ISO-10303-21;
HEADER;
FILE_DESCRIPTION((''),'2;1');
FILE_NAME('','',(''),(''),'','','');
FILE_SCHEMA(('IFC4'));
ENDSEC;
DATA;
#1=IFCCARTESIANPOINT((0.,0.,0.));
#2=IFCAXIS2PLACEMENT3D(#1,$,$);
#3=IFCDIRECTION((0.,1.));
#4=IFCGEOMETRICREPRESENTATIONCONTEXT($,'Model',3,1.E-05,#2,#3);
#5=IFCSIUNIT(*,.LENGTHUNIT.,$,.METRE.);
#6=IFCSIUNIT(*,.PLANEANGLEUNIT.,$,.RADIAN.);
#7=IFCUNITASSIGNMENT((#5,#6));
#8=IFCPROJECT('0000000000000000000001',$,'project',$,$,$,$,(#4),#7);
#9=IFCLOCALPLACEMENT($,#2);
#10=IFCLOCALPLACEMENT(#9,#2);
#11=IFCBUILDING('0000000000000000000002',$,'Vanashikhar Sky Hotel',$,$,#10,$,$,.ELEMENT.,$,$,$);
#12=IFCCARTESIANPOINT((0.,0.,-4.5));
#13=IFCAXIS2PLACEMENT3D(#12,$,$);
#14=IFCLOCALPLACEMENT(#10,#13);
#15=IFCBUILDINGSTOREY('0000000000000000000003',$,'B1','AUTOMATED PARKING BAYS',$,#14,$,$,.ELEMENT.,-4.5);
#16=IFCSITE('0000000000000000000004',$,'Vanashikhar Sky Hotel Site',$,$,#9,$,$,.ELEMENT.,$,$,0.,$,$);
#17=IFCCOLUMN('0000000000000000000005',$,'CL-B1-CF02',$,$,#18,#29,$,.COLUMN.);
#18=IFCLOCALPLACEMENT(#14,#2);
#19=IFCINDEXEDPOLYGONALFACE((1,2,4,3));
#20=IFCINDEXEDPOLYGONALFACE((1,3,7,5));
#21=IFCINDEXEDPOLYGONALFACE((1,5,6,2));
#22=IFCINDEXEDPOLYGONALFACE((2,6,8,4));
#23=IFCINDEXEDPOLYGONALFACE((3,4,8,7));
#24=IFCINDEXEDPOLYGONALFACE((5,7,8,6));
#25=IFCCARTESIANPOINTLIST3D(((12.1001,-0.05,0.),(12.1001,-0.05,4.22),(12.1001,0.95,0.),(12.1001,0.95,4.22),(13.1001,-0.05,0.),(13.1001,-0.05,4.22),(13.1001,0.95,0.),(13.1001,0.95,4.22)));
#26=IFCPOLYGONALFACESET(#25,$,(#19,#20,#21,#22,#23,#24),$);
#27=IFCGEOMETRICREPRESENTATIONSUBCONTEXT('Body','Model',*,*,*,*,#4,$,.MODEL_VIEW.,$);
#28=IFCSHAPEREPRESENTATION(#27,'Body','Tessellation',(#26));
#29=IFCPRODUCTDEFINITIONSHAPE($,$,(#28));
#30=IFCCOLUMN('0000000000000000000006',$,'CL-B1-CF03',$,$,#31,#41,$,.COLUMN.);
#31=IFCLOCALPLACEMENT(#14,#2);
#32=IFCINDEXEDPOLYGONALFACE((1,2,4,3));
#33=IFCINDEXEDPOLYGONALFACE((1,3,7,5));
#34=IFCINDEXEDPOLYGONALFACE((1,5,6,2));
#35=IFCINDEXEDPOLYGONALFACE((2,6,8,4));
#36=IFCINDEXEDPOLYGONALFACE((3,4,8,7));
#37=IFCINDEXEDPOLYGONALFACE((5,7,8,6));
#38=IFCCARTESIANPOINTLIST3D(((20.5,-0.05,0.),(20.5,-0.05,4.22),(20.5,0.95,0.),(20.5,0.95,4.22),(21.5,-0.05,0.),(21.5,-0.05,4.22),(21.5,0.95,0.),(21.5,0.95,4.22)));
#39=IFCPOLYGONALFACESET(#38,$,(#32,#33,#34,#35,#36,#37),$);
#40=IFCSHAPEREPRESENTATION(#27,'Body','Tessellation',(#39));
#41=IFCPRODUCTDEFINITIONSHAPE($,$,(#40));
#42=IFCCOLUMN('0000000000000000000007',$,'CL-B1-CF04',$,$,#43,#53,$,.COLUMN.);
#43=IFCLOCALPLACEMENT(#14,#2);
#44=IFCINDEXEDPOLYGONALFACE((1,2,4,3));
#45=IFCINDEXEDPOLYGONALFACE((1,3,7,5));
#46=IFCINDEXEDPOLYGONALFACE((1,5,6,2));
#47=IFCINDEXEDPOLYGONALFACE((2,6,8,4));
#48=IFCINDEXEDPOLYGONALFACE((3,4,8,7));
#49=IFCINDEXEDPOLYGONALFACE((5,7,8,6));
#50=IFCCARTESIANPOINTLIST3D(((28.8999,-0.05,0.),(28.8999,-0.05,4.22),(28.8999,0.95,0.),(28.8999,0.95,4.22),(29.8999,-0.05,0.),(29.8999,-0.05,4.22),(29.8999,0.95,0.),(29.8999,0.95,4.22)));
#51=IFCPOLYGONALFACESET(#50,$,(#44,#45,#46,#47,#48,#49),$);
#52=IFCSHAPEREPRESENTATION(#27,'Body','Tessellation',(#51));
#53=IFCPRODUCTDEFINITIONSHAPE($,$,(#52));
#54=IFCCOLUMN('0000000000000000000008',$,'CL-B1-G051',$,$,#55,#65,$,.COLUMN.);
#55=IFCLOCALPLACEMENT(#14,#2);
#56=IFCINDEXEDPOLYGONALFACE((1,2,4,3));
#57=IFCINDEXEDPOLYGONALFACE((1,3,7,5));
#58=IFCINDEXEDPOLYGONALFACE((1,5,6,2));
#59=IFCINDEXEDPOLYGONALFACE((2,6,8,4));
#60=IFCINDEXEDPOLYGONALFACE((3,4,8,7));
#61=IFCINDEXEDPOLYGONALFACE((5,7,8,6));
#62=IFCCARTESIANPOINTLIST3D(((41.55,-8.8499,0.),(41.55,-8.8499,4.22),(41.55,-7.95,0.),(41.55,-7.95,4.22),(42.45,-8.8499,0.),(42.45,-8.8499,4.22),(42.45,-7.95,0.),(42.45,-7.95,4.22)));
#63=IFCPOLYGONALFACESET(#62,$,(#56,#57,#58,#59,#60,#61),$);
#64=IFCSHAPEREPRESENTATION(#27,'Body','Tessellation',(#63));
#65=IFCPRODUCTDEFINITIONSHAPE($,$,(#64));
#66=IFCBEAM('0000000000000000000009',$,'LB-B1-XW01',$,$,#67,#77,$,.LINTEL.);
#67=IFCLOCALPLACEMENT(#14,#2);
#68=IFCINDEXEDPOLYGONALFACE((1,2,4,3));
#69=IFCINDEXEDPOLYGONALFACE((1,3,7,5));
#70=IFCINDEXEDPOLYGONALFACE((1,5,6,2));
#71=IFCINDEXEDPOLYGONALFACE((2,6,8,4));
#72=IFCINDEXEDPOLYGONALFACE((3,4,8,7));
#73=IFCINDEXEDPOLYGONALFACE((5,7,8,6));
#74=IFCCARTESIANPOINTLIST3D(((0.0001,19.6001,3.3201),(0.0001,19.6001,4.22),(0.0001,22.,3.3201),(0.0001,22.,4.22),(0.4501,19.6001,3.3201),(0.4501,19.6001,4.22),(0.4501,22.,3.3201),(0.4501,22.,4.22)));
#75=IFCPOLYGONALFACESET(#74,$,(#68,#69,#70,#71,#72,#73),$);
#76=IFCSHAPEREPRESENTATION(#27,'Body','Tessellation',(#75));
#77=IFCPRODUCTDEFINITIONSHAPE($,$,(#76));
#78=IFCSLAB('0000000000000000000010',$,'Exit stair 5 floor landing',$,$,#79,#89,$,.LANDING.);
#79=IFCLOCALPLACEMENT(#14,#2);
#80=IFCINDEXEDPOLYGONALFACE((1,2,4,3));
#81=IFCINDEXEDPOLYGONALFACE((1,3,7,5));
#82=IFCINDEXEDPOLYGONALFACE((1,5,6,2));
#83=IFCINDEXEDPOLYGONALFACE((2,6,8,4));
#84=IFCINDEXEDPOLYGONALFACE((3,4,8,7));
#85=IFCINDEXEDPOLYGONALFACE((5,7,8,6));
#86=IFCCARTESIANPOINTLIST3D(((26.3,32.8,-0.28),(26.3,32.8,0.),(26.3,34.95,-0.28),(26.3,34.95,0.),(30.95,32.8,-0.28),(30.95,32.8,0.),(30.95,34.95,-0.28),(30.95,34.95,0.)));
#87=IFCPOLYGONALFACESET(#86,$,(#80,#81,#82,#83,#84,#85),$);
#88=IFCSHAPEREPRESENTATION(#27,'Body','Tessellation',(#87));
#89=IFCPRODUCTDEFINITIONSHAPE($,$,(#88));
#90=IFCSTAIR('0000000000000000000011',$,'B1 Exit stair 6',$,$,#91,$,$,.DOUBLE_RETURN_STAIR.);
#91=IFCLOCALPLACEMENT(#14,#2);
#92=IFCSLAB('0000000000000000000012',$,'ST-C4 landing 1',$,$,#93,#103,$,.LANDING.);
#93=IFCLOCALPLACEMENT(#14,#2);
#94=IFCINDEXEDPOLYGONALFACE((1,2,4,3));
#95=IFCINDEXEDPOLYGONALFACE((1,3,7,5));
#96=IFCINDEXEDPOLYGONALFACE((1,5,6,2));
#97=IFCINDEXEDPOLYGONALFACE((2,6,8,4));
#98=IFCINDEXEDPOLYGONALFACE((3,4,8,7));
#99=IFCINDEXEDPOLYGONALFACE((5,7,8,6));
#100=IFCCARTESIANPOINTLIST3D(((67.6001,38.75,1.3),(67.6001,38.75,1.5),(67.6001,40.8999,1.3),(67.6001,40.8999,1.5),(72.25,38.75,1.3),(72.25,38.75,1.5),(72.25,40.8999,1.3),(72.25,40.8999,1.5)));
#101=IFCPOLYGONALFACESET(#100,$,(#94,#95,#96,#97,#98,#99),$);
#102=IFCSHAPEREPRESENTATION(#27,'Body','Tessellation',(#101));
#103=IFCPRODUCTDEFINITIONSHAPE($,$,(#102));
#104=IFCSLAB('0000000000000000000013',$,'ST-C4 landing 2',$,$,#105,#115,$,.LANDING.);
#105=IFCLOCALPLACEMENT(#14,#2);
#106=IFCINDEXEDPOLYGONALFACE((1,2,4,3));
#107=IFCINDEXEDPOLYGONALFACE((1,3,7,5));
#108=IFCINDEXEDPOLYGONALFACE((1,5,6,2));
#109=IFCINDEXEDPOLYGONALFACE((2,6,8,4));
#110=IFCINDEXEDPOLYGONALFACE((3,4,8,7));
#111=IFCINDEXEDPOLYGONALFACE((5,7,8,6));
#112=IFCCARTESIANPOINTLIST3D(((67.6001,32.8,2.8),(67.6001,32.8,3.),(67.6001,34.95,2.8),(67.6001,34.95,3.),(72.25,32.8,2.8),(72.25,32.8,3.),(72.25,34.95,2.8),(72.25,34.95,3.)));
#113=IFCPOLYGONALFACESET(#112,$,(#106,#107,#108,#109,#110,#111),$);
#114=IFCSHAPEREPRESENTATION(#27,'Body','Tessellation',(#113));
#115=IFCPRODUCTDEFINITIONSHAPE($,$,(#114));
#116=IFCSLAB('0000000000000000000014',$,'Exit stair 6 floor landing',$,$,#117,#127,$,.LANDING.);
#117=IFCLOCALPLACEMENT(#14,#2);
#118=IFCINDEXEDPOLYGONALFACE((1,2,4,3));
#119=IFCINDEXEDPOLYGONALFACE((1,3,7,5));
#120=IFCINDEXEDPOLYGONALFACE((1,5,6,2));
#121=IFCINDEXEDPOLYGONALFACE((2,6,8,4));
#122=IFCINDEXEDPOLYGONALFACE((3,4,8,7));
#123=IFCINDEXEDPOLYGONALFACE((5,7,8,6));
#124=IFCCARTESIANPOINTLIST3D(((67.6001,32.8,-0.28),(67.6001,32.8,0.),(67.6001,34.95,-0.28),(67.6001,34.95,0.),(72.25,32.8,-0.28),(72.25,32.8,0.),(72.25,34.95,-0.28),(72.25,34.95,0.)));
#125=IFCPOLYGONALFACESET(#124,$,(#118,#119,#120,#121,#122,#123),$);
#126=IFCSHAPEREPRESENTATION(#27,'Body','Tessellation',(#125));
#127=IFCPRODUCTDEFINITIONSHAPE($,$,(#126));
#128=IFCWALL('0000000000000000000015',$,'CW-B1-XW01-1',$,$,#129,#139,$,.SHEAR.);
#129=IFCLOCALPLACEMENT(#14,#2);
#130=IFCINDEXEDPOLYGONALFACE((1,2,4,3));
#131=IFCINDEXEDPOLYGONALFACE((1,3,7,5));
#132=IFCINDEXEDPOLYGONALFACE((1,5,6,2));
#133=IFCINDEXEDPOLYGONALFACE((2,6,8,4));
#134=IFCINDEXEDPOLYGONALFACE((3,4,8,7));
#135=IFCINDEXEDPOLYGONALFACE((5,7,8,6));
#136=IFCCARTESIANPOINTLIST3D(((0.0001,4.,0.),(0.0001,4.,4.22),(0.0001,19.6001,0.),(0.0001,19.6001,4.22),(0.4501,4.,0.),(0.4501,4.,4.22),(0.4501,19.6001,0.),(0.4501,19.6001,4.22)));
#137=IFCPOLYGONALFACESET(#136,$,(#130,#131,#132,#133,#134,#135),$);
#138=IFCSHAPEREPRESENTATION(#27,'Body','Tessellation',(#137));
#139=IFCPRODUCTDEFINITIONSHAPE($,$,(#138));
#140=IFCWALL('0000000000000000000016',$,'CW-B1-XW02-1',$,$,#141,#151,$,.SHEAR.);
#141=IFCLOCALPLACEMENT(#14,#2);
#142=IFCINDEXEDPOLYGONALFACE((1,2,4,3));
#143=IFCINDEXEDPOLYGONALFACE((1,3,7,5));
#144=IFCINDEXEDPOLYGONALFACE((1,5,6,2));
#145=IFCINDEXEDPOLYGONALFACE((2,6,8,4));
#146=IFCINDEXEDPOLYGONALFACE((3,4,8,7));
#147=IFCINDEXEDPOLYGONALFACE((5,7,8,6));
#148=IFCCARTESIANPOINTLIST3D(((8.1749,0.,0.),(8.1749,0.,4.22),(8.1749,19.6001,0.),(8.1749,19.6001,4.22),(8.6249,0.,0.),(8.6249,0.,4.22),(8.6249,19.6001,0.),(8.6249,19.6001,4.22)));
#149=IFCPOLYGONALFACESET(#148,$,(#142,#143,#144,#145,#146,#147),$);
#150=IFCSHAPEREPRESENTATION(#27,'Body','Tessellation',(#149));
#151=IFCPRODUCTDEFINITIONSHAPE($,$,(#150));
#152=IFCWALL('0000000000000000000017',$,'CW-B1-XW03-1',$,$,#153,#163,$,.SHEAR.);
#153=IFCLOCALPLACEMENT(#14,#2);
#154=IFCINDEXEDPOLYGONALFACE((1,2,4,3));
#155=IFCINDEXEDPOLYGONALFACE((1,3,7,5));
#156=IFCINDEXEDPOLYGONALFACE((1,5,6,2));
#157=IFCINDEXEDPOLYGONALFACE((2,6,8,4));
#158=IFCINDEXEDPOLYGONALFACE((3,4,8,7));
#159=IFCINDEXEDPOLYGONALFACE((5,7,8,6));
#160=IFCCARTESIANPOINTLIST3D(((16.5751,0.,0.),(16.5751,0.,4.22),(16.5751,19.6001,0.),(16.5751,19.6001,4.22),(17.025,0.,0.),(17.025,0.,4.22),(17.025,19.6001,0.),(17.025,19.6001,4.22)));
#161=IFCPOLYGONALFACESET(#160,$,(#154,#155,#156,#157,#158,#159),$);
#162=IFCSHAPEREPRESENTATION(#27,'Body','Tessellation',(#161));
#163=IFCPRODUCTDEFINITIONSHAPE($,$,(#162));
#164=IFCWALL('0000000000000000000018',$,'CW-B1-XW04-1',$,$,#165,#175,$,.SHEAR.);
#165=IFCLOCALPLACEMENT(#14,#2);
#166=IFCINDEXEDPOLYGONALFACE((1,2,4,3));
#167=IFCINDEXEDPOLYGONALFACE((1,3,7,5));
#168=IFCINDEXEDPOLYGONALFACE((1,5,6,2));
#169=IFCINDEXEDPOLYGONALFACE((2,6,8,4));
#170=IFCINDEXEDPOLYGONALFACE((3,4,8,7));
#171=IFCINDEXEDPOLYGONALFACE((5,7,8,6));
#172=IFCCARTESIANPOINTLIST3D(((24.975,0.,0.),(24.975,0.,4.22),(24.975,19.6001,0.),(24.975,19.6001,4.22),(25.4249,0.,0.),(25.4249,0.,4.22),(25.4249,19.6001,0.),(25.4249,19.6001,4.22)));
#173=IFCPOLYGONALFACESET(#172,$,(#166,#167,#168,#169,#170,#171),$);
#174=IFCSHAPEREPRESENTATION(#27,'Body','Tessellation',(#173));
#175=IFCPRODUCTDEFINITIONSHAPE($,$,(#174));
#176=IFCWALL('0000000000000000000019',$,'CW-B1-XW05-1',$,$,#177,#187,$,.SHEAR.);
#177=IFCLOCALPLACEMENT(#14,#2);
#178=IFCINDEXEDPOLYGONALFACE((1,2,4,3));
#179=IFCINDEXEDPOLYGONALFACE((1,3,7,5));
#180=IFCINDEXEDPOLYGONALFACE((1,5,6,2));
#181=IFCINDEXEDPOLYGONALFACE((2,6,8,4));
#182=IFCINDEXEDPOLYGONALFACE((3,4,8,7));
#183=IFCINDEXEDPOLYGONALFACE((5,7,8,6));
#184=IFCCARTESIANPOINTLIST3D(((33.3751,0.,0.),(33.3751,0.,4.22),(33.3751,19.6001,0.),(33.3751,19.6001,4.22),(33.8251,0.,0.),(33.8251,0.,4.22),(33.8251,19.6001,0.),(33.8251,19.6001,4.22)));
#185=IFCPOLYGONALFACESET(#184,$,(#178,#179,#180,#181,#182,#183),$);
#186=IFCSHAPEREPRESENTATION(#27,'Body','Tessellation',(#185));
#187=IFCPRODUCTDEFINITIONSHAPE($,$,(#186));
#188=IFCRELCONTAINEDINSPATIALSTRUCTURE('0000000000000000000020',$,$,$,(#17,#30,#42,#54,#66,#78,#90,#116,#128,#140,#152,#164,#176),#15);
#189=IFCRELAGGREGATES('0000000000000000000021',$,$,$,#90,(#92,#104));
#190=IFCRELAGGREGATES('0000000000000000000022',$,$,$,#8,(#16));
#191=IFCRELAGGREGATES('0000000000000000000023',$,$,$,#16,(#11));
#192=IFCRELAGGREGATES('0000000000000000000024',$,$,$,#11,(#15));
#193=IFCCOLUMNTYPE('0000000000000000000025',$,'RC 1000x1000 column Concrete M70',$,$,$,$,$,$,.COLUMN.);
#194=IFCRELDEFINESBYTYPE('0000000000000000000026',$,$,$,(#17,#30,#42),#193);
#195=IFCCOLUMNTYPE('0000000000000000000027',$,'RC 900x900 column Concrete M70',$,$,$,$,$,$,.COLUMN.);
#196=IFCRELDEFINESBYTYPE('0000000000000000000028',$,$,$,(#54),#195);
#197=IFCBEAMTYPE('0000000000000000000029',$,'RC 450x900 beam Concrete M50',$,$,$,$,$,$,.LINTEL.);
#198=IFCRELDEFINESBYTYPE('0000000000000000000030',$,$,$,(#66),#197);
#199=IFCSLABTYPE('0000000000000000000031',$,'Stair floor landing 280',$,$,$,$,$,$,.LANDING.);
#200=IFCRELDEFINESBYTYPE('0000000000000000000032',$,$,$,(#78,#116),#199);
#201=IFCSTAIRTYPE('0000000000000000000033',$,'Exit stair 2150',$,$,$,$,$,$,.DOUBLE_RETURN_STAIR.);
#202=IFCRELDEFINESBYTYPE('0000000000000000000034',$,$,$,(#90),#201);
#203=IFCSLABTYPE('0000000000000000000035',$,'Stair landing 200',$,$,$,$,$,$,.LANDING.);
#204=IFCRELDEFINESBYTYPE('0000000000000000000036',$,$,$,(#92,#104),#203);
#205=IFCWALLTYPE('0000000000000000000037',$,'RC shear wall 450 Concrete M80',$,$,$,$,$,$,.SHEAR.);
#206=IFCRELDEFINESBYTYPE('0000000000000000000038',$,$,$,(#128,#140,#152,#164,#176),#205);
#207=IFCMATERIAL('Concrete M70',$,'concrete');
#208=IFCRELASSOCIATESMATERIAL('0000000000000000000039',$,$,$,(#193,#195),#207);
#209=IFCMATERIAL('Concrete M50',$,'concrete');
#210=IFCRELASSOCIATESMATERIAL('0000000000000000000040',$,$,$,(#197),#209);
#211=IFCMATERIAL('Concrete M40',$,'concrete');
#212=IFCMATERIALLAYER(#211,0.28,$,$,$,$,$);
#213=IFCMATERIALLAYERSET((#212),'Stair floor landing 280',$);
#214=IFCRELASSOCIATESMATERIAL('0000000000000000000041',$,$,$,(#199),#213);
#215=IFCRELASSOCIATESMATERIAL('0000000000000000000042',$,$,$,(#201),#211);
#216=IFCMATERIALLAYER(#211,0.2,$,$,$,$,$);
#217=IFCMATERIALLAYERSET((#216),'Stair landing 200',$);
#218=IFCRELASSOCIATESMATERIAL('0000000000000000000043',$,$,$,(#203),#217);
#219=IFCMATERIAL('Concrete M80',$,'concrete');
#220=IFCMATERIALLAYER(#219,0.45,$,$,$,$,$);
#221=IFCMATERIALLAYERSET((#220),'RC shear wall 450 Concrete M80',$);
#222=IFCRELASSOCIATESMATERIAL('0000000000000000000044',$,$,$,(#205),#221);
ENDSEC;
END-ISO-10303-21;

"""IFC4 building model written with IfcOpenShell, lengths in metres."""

from ifc_helpers import new_model, si_unit, direction, frame, frame_2d, origin, origin_2d, place, context, subcontext, project, spatial, polyline, rectangle, outline, extrude, source, transform, mapped, material, layer, layer_set, material_profile, profile_set, type_object, element, aggregate, save


model = new_model("IFC4")

# Units and contexts
model_context = context("Model", 3, precision=1e-05, world=origin(), true_north=direction((0.0, 1.0)))
body_context = subcontext(model_context, "Body", "Model", "MODEL_VIEW")
ifc_project = project(units=[si_unit("LENGTHUNIT", "METRE"), si_unit("PLANEANGLEUNIT", "RADIAN")], contexts=[model_context])

# Site, building, storey
site_placement = place(None, origin())
site = spatial("IfcSite", under=ifc_project, at=site_placement, Name="Vanashikhar Sky Hotel Site", CompositionType="ELEMENT", RefElevation=0.0)
building_placement = place(site_placement, origin())
building = spatial("IfcBuilding", under=site, at=building_placement, Name="Vanashikhar Sky Hotel", CompositionType="ELEMENT")
storey_placement = place(building_placement, frame((0.0, 0.0, -4.5)))
storey = spatial("IfcBuildingStorey", under=building, at=storey_placement, Name="B1", Description="AUTOMATED PARKING BAYS", CompositionType="ELEMENT", Elevation=-4.5)

# Columns
ifc_material_1 = material(Name="Concrete M70", Category="concrete")
ifc_material_profile_1 = material_profile(ifc_material_1, rectangle(XDim=1.0, YDim=1.0, at=origin_2d()))
ifc_profile_set_1 = profile_set([ifc_material_profile_1], Name="RC 1000x1000 column Concrete M70")
column_type_1 = type_object("IfcColumnType", Name="RC 1000x1000 column Concrete M70", PredefinedType="COLUMN", material=ifc_profile_set_1)
shared_shape_1 = source(origin(), body_context, "Body", "SweptSolid", [
    extrude(rectangle(XDim=1.0, YDim=1.0, at=origin_2d()), origin(), (0.0, 0.0, 1.0), 4.22),
])
for number, where, z_axis, x_axis, name in (
    (1, (12.6001, 0.45, 0.0), (0.0, 0.0, 1.0), (1.0, 0.0, 0.0), "CL-B1-CF02"),
    (2, (21.0, 0.45, 0.0), (0.0, 0.0, 1.0), (1.0, 0.0, 0.0), "CL-B1-CF03"),
    (3, (29.3999, 0.45, 0.0), (0.0, 0.0, 1.0), (1.0, 0.0, 0.0), "CL-B1-CF04"),
):
    element("IfcColumn", number, at=place(storey_placement, frame(where, z_axis=z_axis, x_axis=x_axis)), inside=storey, type_object=column_type_1, Name=name, PredefinedType="COLUMN", context=body_context, shape_type="MappedRepresentation", body=[
        mapped(shared_shape_1, transform((0.0, 0.0, 0.0), scale=1.0)),
    ])
ifc_material_profile_2 = material_profile(ifc_material_1, rectangle(XDim=0.8999, YDim=0.8999, at=origin_2d()))
ifc_profile_set_2 = profile_set([ifc_material_profile_2], Name="RC 900x900 column Concrete M70")
column_type_2 = type_object("IfcColumnType", Name="RC 900x900 column Concrete M70", PredefinedType="COLUMN", material=ifc_profile_set_2)
shared_shape_2 = source(origin(), body_context, "Body", "SweptSolid", [
    extrude(rectangle(XDim=0.8999, YDim=0.8999, at=origin_2d()), origin(), (0.0, 0.0, 1.0), 4.22),
])
column_placement = place(storey_placement, frame((42.0, -8.3999, 0.0), z_axis=(0.0, 0.0, 1.0), x_axis=(1.0, 0.0, 0.0)))
element("IfcColumn", 4, at=column_placement, inside=storey, type_object=column_type_2, Name="CL-B1-G051", PredefinedType="COLUMN", context=body_context, shape_type="MappedRepresentation", body=[
    mapped(shared_shape_2, transform((0.0, 0.0, 0.0), scale=1.0)),
])

# Beam
ifc_material_2 = material(Name="Concrete M50", Category="concrete")
ifc_material_profile_3 = material_profile(ifc_material_2, rectangle(XDim=0.45, YDim=0.8999, at=origin_2d()))
ifc_profile_set_3 = profile_set([ifc_material_profile_3], Name="RC 450x900 beam Concrete M50")
beam_type = type_object("IfcBeamType", Name="RC 450x900 beam Concrete M50", PredefinedType="LINTEL", material=ifc_profile_set_3)
shared_shape_3 = source(origin(), body_context, "Body", "SweptSolid", [
    extrude(rectangle(XDim=0.45, YDim=0.8999, at=origin_2d()), origin(), (0.0, 0.0, 1.0), 2.3999),
])
beam_placement = place(storey_placement, frame((0.2251, 19.6001, 3.77), z_axis=(0.0, 1.0, 0.0), x_axis=(-1.0, 0.0, 0.0)))
element("IfcBeam", 5, at=beam_placement, inside=storey, type_object=beam_type, Name="LB-B1-XW01", PredefinedType="LINTEL", context=body_context, shape_type="MappedRepresentation", body=[
    mapped(shared_shape_3, transform((0.0, 0.0, 0.0), scale=1.0)),
])

# Slab
ifc_material_3 = material(Name="Concrete M40", Category="concrete")
ifc_layer_1 = layer(ifc_material_3, 0.28)
ifc_layer_set_1 = layer_set([ifc_layer_1], Name="Stair floor landing 280")
slab_type_1 = type_object("IfcSlabType", Name="Stair floor landing 280", PredefinedType="LANDING", material=ifc_layer_set_1)
shared_shape_4 = source(origin(), body_context, "Body", "SweptSolid", [
    extrude(outline(polyline([(30.95, 32.8), (30.95, 34.95), (26.3, 34.95), (26.3, 32.8), (30.95, 32.8)])), origin(), (0.0, 0.0, 1.0), 0.28),
])
slab_1_placement = place(storey_placement, frame((0.0, 0.0, -0.28)))
element("IfcSlab", 6, at=slab_1_placement, inside=storey, type_object=slab_type_1, Name="Exit stair 5 floor landing", PredefinedType="LANDING", context=body_context, shape_type="MappedRepresentation", body=[
    mapped(shared_shape_4, transform((0.0, 0.0, 0.0), scale=1.0)),
])

# Stair, slabs
stair_type = type_object("IfcStairType", Name="Exit stair 2150", PredefinedType="DOUBLE_RETURN_STAIR", material=ifc_material_3)
stair_placement = place(storey_placement, origin())
stair = element("IfcStair", 7, at=stair_placement, inside=storey, type_object=stair_type, Name="B1 Exit stair 6", PredefinedType="DOUBLE_RETURN_STAIR")
ifc_layer_2 = layer(ifc_material_3, 0.2)
ifc_layer_set_2 = layer_set([ifc_layer_2], Name="Stair landing 200")
slab_type_2 = type_object("IfcSlabType", Name="Stair landing 200", PredefinedType="LANDING", material=ifc_layer_set_2)
shared_shape_5 = source(origin(), body_context, "Body", "SweptSolid", [
    extrude(outline(polyline([(72.25, 38.75), (72.25, 40.8999), (67.6001, 40.8999), (67.6001, 38.75), (72.25, 38.75)])), origin(), (0.0, 0.0, 1.0), 0.2),
])
slab_2_placement = place(storey_placement, frame((0.0, 0.0, 1.3)))
slab_2 = element("IfcSlab", 8, at=slab_2_placement, type_object=slab_type_2, Name="ST-C4 landing 1", PredefinedType="LANDING", context=body_context, shape_type="MappedRepresentation", body=[
    mapped(shared_shape_5, transform((0.0, 0.0, 0.0), scale=1.0)),
])
shared_shape_6 = source(origin(), body_context, "Body", "SweptSolid", [
    extrude(outline(polyline([(72.25, 32.8), (72.25, 34.95), (67.6001, 34.95), (67.6001, 32.8), (72.25, 32.8)])), origin(), (0.0, 0.0, 1.0), 0.2),
])
slab_3_placement = place(storey_placement, frame((0.0, 0.0, 2.8)))
slab_3 = element("IfcSlab", 9, at=slab_3_placement, type_object=slab_type_2, Name="ST-C4 landing 2", PredefinedType="LANDING", context=body_context, shape_type="MappedRepresentation", body=[
    mapped(shared_shape_6, transform((0.0, 0.0, 0.0), scale=1.0)),
])
aggregate(stair, [slab_2, slab_3])

# Slab
shared_shape_7 = source(origin(), body_context, "Body", "SweptSolid", [
    extrude(outline(polyline([(72.25, 32.8), (72.25, 34.95), (67.6001, 34.95), (67.6001, 32.8), (72.25, 32.8)])), origin(), (0.0, 0.0, 1.0), 0.28),
])
slab_4_placement = place(storey_placement, frame((0.0, 0.0, -0.28)))
element("IfcSlab", 10, at=slab_4_placement, inside=storey, type_object=slab_type_1, Name="Exit stair 6 floor landing", PredefinedType="LANDING", context=body_context, shape_type="MappedRepresentation", body=[
    mapped(shared_shape_7, transform((0.0, 0.0, 0.0), scale=1.0)),
])

# Walls
ifc_material_4 = material(Name="Concrete M80", Category="concrete")
ifc_layer_3 = layer(ifc_material_4, 0.45)
ifc_layer_set_3 = layer_set([ifc_layer_3], Name="RC shear wall 450 Concrete M80")
wall_type_1 = type_object("IfcWallType", Name="RC shear wall 450 Concrete M80", PredefinedType="SHEAR", material=ifc_layer_set_3)
shared_shape_8 = source(origin(), body_context, "Body", "SweptSolid", [
    extrude(rectangle(XDim=15.6001, YDim=0.45, at=frame_2d((7.8, 0.0))), origin(), (0.0, 0.0, 1.0), 4.22),
])
wall_1_placement = place(storey_placement, frame((0.2251, 4.0, 0.0), z_axis=(0.0, 0.0, 1.0), x_axis=(0.0, 1.0, 0.0)))
element("IfcWall", 11, at=wall_1_placement, inside=storey, type_object=wall_type_1, Name="CW-B1-XW01-1", PredefinedType="SHEAR", context=body_context, shape_type="MappedRepresentation", body=[
    mapped(shared_shape_8, transform((0.0, 0.0, 0.0), scale=1.0)),
])
shared_shape_9 = source(origin(), body_context, "Body", "SweptSolid", [
    extrude(rectangle(XDim=19.6001, YDim=0.45, at=frame_2d((9.8, 0.0))), origin(), (0.0, 0.0, 1.0), 4.22),
])
for number, where, z_axis, x_axis, name in (
    (12, (8.3999, 0.0, 0.0), (0.0, 0.0, 1.0), (0.0, 1.0, 0.0), "CW-B1-XW02-1"),
    (13, (16.8, 0.0, 0.0), (0.0, 0.0, 1.0), (0.0, 1.0, 0.0), "CW-B1-XW03-1"),
    (14, (25.2, 0.0, 0.0), (0.0, 0.0, 1.0), (0.0, 1.0, 0.0), "CW-B1-XW04-1"),
    (15, (33.6001, 0.0, 0.0), (0.0, 0.0, 1.0), (0.0, 1.0, 0.0), "CW-B1-XW05-1"),
):
    element("IfcWall", number, at=place(storey_placement, frame(where, z_axis=z_axis, x_axis=x_axis)), inside=storey, type_object=wall_type_1, Name=name, PredefinedType="SHEAR", context=body_context, shape_type="MappedRepresentation", body=[
        mapped(shared_shape_9, transform((0.0, 0.0, 0.0), scale=1.0)),
    ])

save(model, "model.ifc")
